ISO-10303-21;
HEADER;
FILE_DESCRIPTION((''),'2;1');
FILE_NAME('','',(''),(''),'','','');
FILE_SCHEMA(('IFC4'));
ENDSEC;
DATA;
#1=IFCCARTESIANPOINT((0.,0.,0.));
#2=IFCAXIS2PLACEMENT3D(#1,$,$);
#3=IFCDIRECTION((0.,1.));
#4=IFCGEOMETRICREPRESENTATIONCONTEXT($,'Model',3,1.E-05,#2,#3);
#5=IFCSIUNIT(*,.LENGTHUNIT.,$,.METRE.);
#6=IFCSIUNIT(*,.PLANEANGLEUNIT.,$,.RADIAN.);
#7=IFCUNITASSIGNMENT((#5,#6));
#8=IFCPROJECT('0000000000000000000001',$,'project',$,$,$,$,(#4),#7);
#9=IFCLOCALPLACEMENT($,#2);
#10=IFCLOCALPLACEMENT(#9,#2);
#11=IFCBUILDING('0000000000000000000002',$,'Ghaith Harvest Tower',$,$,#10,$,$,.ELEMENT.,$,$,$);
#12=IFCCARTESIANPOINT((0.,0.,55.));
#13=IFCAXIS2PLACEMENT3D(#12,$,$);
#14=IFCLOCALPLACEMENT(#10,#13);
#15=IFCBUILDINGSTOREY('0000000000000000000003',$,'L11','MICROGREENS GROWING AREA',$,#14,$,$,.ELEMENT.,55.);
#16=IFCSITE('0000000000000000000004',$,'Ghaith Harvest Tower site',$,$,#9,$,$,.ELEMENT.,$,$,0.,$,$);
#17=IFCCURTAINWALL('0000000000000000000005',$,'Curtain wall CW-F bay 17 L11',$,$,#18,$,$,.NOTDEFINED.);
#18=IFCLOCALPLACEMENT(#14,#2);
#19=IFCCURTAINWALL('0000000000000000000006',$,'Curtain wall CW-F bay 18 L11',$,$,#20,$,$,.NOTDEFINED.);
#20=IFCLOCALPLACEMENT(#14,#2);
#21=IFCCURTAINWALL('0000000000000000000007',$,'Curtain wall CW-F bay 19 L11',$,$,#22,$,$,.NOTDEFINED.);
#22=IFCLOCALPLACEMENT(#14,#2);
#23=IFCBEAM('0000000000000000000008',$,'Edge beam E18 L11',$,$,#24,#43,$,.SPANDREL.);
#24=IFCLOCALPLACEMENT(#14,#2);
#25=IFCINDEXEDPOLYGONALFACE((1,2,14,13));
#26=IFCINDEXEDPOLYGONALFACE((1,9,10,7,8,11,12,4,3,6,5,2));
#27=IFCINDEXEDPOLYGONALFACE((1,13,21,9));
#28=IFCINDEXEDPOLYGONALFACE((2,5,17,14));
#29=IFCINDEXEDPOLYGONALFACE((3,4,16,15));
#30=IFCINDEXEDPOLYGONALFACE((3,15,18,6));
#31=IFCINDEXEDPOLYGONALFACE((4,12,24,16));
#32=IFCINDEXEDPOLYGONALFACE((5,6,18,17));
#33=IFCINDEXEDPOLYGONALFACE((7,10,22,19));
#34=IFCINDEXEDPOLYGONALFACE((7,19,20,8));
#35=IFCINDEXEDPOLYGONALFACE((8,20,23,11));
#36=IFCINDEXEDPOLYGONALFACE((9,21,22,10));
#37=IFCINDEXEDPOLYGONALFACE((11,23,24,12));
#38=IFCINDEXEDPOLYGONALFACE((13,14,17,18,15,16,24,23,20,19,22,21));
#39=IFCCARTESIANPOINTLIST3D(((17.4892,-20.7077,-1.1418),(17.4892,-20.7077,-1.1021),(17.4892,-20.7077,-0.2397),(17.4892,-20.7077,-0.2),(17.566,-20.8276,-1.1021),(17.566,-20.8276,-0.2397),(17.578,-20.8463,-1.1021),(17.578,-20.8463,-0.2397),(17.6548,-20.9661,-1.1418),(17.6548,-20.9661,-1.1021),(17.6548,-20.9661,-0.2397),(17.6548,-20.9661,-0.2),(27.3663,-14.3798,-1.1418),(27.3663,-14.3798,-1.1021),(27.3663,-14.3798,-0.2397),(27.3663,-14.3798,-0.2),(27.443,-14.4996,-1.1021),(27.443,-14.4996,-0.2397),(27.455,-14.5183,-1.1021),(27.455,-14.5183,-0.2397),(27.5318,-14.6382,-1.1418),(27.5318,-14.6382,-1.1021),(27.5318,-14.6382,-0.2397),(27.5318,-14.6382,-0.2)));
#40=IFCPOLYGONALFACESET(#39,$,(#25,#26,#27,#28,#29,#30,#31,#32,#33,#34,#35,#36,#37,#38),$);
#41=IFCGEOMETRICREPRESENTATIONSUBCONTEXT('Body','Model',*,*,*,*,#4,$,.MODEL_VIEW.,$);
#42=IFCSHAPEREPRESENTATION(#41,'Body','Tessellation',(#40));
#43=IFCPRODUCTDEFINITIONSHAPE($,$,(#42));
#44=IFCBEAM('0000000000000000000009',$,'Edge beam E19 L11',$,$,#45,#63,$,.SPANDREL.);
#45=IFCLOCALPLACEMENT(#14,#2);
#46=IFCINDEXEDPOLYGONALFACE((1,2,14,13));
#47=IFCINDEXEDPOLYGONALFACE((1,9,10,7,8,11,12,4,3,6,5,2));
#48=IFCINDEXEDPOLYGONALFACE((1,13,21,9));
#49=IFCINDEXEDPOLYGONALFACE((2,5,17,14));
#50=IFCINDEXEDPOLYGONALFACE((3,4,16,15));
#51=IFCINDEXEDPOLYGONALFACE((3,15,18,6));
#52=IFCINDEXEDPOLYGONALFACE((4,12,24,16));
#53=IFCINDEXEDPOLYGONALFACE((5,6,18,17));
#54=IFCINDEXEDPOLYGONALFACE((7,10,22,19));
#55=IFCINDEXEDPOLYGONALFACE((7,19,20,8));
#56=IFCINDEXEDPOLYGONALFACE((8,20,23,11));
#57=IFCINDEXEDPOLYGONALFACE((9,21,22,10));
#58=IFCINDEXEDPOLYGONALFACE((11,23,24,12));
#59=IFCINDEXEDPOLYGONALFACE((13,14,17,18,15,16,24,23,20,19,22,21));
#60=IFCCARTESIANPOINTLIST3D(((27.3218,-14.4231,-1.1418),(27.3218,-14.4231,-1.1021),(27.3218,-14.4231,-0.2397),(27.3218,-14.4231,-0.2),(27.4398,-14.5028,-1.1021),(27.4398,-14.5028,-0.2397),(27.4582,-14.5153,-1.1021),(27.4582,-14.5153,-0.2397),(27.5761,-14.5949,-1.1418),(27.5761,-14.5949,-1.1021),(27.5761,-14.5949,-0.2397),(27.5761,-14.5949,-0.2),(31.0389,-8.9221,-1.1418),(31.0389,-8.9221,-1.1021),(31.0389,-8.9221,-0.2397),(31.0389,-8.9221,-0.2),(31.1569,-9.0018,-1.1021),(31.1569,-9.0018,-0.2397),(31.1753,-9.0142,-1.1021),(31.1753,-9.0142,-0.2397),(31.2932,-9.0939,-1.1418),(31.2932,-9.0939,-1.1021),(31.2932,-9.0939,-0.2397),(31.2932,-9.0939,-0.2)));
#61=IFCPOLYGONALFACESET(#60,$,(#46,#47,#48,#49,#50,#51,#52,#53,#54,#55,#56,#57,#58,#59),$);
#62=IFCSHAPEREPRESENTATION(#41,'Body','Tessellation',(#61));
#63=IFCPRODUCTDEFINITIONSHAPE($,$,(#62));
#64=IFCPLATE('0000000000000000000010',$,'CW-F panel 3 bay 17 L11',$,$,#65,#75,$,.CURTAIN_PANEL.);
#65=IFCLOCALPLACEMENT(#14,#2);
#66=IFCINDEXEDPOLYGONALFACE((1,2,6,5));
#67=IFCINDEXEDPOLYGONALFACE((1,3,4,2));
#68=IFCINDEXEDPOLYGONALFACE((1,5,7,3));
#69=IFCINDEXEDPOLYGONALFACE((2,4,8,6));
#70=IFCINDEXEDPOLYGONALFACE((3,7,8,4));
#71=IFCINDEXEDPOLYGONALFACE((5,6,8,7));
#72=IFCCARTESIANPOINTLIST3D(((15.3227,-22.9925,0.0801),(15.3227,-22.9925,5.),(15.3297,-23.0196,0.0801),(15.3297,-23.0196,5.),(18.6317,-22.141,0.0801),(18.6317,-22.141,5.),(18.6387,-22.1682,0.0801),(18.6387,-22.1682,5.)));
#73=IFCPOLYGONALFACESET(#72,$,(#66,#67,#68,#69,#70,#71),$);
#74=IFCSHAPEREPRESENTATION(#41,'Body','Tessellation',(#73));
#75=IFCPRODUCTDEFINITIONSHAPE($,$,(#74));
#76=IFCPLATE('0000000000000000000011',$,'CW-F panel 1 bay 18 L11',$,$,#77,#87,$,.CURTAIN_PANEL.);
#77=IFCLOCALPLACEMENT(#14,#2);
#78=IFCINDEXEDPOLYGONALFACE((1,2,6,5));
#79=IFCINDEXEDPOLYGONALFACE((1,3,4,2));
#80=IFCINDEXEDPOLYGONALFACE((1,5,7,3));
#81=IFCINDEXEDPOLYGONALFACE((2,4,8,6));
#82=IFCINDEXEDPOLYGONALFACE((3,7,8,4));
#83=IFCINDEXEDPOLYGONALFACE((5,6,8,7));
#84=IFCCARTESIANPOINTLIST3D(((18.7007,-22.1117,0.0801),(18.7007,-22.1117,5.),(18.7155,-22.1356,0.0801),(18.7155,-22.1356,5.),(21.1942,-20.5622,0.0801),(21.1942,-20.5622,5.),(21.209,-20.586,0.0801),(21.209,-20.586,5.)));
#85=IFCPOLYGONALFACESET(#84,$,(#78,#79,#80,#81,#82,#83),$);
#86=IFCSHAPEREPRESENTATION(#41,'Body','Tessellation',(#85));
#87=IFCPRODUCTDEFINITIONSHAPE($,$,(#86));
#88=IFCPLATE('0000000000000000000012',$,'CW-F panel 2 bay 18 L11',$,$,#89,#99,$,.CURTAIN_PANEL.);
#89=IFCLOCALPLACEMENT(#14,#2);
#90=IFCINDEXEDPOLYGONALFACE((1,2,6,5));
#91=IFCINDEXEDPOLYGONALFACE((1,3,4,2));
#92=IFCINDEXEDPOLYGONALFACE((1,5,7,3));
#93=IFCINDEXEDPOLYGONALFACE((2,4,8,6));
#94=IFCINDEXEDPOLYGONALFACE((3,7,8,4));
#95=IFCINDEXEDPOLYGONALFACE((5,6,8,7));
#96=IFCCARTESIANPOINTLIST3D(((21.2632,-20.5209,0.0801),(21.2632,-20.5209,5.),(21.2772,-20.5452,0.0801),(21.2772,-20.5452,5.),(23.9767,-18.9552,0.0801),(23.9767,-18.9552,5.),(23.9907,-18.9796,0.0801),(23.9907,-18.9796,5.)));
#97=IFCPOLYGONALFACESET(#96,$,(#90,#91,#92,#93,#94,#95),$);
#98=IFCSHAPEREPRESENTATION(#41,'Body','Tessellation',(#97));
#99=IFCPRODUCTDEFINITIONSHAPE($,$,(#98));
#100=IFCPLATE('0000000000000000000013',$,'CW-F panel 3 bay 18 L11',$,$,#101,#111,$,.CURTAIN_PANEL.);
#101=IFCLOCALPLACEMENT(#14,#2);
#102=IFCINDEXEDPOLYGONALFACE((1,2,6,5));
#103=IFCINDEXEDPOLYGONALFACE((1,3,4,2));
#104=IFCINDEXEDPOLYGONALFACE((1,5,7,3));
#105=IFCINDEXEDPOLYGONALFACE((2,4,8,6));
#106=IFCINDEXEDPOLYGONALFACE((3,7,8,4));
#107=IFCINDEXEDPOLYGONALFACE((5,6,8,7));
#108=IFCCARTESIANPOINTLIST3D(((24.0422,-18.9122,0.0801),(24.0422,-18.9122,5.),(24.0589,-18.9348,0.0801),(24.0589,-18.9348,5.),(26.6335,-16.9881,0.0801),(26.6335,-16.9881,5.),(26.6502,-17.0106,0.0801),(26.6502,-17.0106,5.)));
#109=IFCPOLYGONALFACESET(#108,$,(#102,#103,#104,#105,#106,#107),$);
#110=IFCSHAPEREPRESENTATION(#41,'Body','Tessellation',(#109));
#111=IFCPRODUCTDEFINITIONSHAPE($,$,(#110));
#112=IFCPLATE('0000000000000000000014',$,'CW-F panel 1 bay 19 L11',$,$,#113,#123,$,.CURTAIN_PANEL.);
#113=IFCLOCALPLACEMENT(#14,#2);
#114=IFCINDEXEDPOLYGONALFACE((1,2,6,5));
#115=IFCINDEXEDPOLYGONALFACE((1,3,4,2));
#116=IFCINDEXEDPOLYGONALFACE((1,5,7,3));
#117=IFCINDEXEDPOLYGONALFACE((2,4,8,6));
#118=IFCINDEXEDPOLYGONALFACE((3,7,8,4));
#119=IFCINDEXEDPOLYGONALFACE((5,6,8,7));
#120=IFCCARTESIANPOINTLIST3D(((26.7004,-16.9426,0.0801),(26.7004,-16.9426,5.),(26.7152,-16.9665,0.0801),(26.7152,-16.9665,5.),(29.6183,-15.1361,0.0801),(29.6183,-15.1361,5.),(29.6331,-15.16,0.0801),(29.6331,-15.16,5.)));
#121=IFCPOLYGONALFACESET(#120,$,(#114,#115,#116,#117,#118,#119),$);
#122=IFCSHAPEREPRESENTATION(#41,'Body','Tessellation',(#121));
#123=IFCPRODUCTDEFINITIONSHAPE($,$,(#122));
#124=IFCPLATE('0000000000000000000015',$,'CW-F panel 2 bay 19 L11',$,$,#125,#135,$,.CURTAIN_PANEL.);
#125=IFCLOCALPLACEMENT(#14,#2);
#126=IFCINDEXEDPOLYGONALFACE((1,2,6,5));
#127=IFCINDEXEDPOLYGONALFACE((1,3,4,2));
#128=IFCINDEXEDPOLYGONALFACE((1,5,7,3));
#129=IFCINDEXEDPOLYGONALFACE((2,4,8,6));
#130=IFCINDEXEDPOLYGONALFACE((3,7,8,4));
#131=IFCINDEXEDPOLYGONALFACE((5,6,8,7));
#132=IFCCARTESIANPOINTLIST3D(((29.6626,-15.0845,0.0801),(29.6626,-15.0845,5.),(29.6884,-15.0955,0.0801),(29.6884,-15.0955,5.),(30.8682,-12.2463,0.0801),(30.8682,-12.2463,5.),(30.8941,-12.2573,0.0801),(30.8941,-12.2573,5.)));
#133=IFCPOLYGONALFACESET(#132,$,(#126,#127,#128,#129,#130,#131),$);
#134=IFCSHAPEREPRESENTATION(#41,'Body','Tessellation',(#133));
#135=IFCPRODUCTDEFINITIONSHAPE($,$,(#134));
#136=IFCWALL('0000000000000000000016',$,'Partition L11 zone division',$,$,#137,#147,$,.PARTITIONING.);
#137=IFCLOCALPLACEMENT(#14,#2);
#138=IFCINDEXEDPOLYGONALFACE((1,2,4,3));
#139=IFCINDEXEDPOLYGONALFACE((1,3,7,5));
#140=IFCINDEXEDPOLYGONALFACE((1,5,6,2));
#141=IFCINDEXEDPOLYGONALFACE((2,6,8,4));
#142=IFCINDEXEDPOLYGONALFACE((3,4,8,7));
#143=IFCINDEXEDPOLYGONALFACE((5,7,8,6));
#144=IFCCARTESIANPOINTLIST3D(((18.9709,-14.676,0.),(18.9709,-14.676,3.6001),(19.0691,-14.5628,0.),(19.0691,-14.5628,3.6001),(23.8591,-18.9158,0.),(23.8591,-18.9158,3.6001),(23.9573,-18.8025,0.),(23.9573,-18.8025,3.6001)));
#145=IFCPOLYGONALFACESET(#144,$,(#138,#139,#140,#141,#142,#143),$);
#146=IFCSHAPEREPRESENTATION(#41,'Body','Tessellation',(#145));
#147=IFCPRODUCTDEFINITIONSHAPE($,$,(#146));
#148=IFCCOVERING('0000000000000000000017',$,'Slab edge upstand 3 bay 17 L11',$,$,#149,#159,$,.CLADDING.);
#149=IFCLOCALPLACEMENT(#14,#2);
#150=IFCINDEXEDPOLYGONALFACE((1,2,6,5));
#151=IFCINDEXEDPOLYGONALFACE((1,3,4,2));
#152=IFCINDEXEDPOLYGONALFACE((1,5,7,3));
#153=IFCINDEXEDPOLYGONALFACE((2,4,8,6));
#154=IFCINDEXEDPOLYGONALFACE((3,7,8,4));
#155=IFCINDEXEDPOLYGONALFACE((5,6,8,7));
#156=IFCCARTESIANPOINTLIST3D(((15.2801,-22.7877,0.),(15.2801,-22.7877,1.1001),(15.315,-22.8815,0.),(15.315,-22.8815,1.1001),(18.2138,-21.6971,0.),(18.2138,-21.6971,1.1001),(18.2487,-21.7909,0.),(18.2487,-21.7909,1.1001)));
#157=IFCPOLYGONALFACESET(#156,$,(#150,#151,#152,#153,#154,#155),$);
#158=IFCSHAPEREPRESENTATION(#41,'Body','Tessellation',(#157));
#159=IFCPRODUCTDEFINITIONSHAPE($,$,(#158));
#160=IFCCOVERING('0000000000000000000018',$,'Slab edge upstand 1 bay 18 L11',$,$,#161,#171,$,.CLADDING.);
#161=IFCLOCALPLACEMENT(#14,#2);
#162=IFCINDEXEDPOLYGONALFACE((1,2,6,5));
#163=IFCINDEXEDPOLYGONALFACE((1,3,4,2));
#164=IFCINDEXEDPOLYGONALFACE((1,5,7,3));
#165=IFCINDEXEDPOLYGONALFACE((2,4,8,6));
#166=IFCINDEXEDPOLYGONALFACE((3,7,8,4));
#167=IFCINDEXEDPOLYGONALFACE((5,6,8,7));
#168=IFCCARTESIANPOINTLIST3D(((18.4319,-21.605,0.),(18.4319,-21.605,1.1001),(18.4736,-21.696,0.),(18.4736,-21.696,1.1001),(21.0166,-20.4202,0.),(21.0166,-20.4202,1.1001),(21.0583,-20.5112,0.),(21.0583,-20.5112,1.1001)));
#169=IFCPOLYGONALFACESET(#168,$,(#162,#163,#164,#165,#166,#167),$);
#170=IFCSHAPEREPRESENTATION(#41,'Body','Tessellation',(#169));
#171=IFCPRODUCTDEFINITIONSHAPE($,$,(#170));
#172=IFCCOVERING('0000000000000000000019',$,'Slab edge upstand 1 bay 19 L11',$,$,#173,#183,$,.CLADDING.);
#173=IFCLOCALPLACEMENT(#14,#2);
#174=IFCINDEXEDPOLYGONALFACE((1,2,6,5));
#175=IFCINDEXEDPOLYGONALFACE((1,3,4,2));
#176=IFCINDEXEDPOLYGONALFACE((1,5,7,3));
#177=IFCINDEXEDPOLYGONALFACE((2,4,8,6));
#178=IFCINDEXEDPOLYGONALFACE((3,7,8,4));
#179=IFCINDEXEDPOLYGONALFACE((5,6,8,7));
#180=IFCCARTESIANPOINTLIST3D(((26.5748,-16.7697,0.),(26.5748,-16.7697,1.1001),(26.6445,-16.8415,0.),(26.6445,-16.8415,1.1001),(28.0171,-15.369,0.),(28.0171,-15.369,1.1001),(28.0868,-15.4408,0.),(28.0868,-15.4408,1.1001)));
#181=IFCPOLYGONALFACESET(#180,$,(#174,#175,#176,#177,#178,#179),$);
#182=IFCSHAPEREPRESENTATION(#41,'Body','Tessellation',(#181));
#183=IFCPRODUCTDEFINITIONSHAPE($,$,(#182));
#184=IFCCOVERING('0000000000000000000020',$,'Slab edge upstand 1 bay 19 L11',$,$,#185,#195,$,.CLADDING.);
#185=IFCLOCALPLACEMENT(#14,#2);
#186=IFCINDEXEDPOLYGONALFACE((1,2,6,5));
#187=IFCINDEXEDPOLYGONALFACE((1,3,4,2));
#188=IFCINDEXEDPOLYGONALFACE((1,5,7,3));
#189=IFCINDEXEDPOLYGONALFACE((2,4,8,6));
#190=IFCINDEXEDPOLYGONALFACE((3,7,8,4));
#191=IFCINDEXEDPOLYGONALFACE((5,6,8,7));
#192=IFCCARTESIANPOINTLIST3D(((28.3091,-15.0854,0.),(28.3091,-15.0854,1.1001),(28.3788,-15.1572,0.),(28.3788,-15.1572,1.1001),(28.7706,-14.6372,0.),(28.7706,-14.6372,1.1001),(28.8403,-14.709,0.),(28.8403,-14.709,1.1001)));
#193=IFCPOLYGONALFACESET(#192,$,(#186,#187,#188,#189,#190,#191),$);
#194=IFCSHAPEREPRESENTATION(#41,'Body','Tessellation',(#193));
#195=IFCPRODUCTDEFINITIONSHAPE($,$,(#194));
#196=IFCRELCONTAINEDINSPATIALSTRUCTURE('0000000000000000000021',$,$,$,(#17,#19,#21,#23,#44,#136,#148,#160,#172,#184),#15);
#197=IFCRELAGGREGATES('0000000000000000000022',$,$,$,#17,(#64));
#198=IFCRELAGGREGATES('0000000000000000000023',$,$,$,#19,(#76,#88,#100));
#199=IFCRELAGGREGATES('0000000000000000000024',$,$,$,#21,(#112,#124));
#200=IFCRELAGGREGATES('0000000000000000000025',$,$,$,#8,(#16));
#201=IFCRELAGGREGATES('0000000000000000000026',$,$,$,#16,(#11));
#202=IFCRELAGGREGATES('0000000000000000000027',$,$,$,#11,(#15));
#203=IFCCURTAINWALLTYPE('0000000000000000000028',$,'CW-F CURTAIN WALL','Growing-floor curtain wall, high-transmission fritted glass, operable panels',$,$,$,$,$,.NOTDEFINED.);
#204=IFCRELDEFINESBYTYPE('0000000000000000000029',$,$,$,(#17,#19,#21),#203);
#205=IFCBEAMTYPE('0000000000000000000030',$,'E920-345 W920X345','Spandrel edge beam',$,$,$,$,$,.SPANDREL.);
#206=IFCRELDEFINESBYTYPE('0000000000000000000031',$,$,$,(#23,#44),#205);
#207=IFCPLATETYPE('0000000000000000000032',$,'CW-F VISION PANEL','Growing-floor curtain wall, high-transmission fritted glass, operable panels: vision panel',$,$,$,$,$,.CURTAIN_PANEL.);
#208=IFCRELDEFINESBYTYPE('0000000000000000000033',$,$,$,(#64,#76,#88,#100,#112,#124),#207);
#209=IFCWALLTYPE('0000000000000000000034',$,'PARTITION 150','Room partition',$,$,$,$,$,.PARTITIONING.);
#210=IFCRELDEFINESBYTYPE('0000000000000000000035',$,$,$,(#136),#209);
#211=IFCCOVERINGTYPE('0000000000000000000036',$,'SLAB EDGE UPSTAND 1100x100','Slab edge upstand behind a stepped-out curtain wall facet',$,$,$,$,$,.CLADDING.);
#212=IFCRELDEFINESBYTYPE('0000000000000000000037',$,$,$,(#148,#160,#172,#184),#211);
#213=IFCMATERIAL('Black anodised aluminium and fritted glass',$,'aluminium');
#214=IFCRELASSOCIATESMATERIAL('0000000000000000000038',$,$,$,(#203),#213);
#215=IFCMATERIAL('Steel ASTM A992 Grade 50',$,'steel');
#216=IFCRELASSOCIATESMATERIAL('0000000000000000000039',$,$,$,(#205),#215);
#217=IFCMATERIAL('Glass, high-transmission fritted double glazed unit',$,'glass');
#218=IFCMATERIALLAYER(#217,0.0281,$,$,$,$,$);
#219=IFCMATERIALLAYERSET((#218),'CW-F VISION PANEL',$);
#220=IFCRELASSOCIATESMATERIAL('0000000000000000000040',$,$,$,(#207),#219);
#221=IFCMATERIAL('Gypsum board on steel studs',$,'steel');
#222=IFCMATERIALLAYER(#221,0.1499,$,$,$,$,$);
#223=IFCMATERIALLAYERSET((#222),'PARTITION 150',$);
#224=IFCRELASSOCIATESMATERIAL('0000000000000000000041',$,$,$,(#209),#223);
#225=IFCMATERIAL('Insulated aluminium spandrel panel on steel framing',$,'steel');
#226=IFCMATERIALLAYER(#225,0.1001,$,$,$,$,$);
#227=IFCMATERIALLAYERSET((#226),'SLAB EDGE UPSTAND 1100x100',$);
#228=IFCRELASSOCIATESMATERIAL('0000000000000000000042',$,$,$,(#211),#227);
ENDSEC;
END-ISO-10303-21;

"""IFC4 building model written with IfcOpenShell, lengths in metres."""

from ifc_helpers import new_model, si_unit, direction, frame, frame_2d, origin, origin_2d, place, context, subcontext, project, spatial, rectangle, i_section, extrude, material, layer, layer_set, material_profile, profile_set, type_object, element, aggregate, save


model = new_model("IFC4")

# Units and contexts
model_context = context("Model", 3, precision=1e-05, world=origin(), true_north=direction((0.0, 1.0)))
body_context = subcontext(model_context, "Body", "Model", "MODEL_VIEW")
ifc_project = project(units=[si_unit("LENGTHUNIT", "METRE"), si_unit("PLANEANGLEUNIT", "RADIAN")], contexts=[model_context])

# Site, building, storey
site_placement = place(None, origin())
site = spatial("IfcSite", under=ifc_project, at=site_placement, Name="Ghaith Harvest Tower site", CompositionType="ELEMENT", RefElevation=0.0)
building_placement = place(site_placement, origin())
building = spatial("IfcBuilding", under=site, at=building_placement, Name="Ghaith Harvest Tower", CompositionType="ELEMENT")
storey_placement = place(building_placement, frame((0.0, 0.0, 55.0)))
storey = spatial("IfcBuildingStorey", under=building, at=storey_placement, Name="L11", Description="MICROGREENS GROWING AREA", CompositionType="ELEMENT", Elevation=55.0)

# Curtain wall
ifc_material_1 = material(Name="Black anodised aluminium and fritted glass", Category="aluminium")
curtain_wall_type = type_object("IfcCurtainWallType", Name="CW-F CURTAIN WALL", Description="Growing-floor curtain wall, high-transmission fritted glass, operable panels", PredefinedType="NOTDEFINED", material=ifc_material_1)
curtain_wall_1_placement = place(storey_placement, origin())
curtain_wall_1 = element("IfcCurtainWall", 1, at=curtain_wall_1_placement, inside=storey, type_object=curtain_wall_type, Name="Curtain wall CW-F bay 17 L11", PredefinedType="NOTDEFINED")

# Curtain walls
curtain_wall_2_placement = place(storey_placement, origin())
curtain_wall_2 = element("IfcCurtainWall", 2, at=curtain_wall_2_placement, inside=storey, type_object=curtain_wall_type, Name="Curtain wall CW-F bay 18 L11", PredefinedType="NOTDEFINED")
curtain_wall_3_placement = place(storey_placement, origin())
curtain_wall_3 = element("IfcCurtainWall", 3, at=curtain_wall_3_placement, inside=storey, type_object=curtain_wall_type, Name="Curtain wall CW-F bay 19 L11", PredefinedType="NOTDEFINED")

# Beams
ifc_material_2 = material(Name="Steel ASTM A992 Grade 50", Category="steel")
ifc_material_profile_1 = material_profile(ifc_material_2, i_section(OverallWidth=0.3069, OverallDepth=0.9419, WebThickness=0.0222, FlangeThickness=0.0398, at=origin_2d()), Name="W920X345")
ifc_profile_set_1 = profile_set([ifc_material_profile_1], Name="Steel ASTM A992 Grade 50")
beam_type = type_object("IfcBeamType", Name="E920-345 W920X345", Description="Spandrel edge beam", PredefinedType="SPANDREL", material=ifc_profile_set_1)
beam_1_placement = place(storey_placement, frame((17.572, -20.8369, -0.6709), z_axis=(0.842015, 0.539455, 0.0), x_axis=(-0.539455, 0.842015, 0.0)))
element("IfcBeam", 4, at=beam_1_placement, inside=storey, type_object=beam_type, Name="Edge beam E18 L11", PredefinedType="SPANDREL", context=body_context, shape_type="SweptSolid", body=[
    extrude(i_section(OverallWidth=0.3069, OverallDepth=0.9419, WebThickness=0.0222, FlangeThickness=0.0398, at=origin_2d()), origin(), (0.0, 0.0, 1.0), 11.7302),
])
beam_2_placement = place(storey_placement, frame((27.449, -14.509, -0.6709), z_axis=(0.559874, 0.828577, 0.0), x_axis=(-0.828577, 0.559874, 0.0)))
element("IfcBeam", 5, at=beam_2_placement, inside=storey, type_object=beam_type, Name="Edge beam E19 L11", PredefinedType="SPANDREL", context=body_context, shape_type="SweptSolid", body=[
    extrude(i_section(OverallWidth=0.3069, OverallDepth=0.9419, WebThickness=0.0222, FlangeThickness=0.0398, at=origin_2d()), origin(), (0.0, 0.0, 1.0), 6.6392),
])

# Plates
ifc_material_3 = material(Name="Glass, high-transmission fritted double glazed unit", Category="glass")
ifc_layer_1 = layer(ifc_material_3, 0.0281)
ifc_layer_set_1 = layer_set([ifc_layer_1], Name="CW-F VISION PANEL")
plate_type = type_object("IfcPlateType", Name="CW-F VISION PANEL", Description="Growing-floor curtain wall, high-transmission fritted glass, operable panels: vision panel", PredefinedType="CURTAIN_PANEL", material=ifc_layer_set_1)
plate_1_placement = place(storey_placement, frame((16.9807, -22.5803, 0.0801), z_axis=(0.0, 0.0, 1.0), x_axis=(0.968451, 0.249202, 0.0)))
plate_1 = element("IfcPlate", 6, at=plate_1_placement, type_object=plate_type, Name="CW-F panel 3 bay 17 L11", PredefinedType="CURTAIN_PANEL", context=body_context, shape_type="SweptSolid", body=[
    extrude(rectangle(XDim=3.4167, YDim=0.0281, at=origin_2d()), origin(), (0.0, 0.0, 1.0), 4.9199),
])
aggregate(curtain_wall_1, [plate_1])
plate_2_placement = place(storey_placement, frame((19.9548, -21.3489, 0.0801), z_axis=(0.0, 0.0, 1.0), x_axis=(0.849361, 0.527813, 0.0)))
plate_2 = element("IfcPlate", 7, at=plate_2_placement, type_object=plate_type, Name="CW-F panel 1 bay 18 L11", PredefinedType="CURTAIN_PANEL", context=body_context, shape_type="SweptSolid", body=[
    extrude(rectangle(XDim=2.9358, YDim=0.0281, at=origin_2d()), origin(), (0.0, 0.0, 1.0), 4.9199),
])
plate_3_placement = place(storey_placement, frame((22.627, -19.7502, 0.0801), z_axis=(0.0, 0.0, 1.0), x_axis=(0.866159, 0.499768, 0.0)))
plate_3 = element("IfcPlate", 8, at=plate_3_placement, type_object=plate_type, Name="CW-F panel 2 bay 18 L11", PredefinedType="CURTAIN_PANEL", context=body_context, shape_type="SweptSolid", body=[
    extrude(rectangle(XDim=3.1328, YDim=0.0281, at=origin_2d()), origin(), (0.0, 0.0, 1.0), 4.9199),
])
plate_4_placement = place(storey_placement, frame((25.3462, -17.9614, 0.0801), z_axis=(0.0, 0.0, 1.0), x_axis=(0.802867, 0.596158, 0.0)))
plate_4 = element("IfcPlate", 9, at=plate_4_placement, type_object=plate_type, Name="CW-F panel 3 bay 18 L11", PredefinedType="CURTAIN_PANEL", context=body_context, shape_type="SweptSolid", body=[
    extrude(rectangle(XDim=3.2275, YDim=0.0281, at=origin_2d()), origin(), (0.0, 0.0, 1.0), 4.9199),
])
aggregate(curtain_wall_2, [plate_2, plate_3, plate_4])
plate_5_placement = place(storey_placement, frame((28.1667, -16.0513, 0.0801), z_axis=(0.0, 0.0, 1.0), x_axis=(0.850246, 0.526386, 0.0)))
plate_5 = element("IfcPlate", 10, at=plate_5_placement, type_object=plate_type, Name="CW-F panel 1 bay 19 L11", PredefinedType="CURTAIN_PANEL", context=body_context, shape_type="SweptSolid", body=[
    extrude(rectangle(XDim=3.4319, YDim=0.0281, at=origin_2d()), origin(), (0.0, 0.0, 1.0), 4.9199),
])
plate_6_placement = place(storey_placement, frame((30.2783, -13.6709, 0.0801), z_axis=(0.0, 0.0, 1.0), x_axis=(0.39098, 0.920399, 0.0)))
plate_6 = element("IfcPlate", 11, at=plate_6_placement, type_object=plate_type, Name="CW-F panel 2 bay 19 L11", PredefinedType="CURTAIN_PANEL", context=body_context, shape_type="SweptSolid", body=[
    extrude(rectangle(XDim=3.0837, YDim=0.0281, at=origin_2d()), origin(), (0.0, 0.0, 1.0), 4.9199),
])
aggregate(curtain_wall_3, [plate_5, plate_6])

# Wall
ifc_material_4 = material(Name="Gypsum board on steel studs", Category="steel")
ifc_layer_2 = layer(ifc_material_4, 0.1499)
ifc_layer_set_2 = layer_set([ifc_layer_2], Name="PARTITION 150")
wall_type = type_object("IfcWallType", Name="PARTITION 150", Description="Room partition", PredefinedType="PARTITIONING", material=ifc_layer_set_2)
wall_placement = place(storey_placement, frame((19.02, -14.6194, 0.0), z_axis=(0.0, 0.0, 1.0), x_axis=(0.755435, -0.655224, 0.0)))
element("IfcWall", 12, at=wall_placement, inside=storey, type_object=wall_type, Name="Partition L11 zone division", PredefinedType="PARTITIONING", context=body_context, shape_type="SweptSolid", body=[
    extrude(rectangle(XDim=6.4707, YDim=0.1499, at=frame_2d((3.2354, 0.0))), origin(), (0.0, 0.0, 1.0), 3.6001),
])

# Coverings
ifc_material_5 = material(Name="Insulated aluminium spandrel panel on steel framing", Category="steel")
ifc_layer_3 = layer(ifc_material_5, 0.1001)
ifc_layer_set_3 = layer_set([ifc_layer_3], Name="SLAB EDGE UPSTAND 1100x100")
covering_type = type_object("IfcCoveringType", Name="SLAB EDGE UPSTAND 1100x100", Description="Slab edge upstand behind a stepped-out curtain wall facet", PredefinedType="CLADDING", material=ifc_layer_set_3)
covering_1_placement = place(storey_placement, frame((16.7644, -22.2893, 0.0), z_axis=(0.0, 0.0, 1.0), x_axis=(0.937332, 0.348438, 0.0)))
element("IfcCovering", 13, at=covering_1_placement, inside=storey, type_object=covering_type, Name="Slab edge upstand 3 bay 17 L11", PredefinedType="CLADDING", context=body_context, shape_type="SweptSolid", body=[
    extrude(rectangle(XDim=3.1299, YDim=0.1001, at=origin_2d()), origin(), (0.0, 0.0, 1.0), 1.1001),
])
covering_2_placement = place(storey_placement, frame((19.7451, -21.0581, 0.0), z_axis=(0.0, 0.0, 1.0), x_axis=(0.909046, 0.416696, 0.0)))
element("IfcCovering", 14, at=covering_2_placement, inside=storey, type_object=covering_type, Name="Slab edge upstand 1 bay 18 L11", PredefinedType="CLADDING", context=body_context, shape_type="SweptSolid", body=[
    extrude(rectangle(XDim=2.8433, YDim=0.1001, at=origin_2d()), origin(), (0.0, 0.0, 1.0), 1.1001),
])
covering_3_placement = place(storey_placement, frame((27.3308, -16.1052, 0.0), z_axis=(0.0, 0.0, 1.0), x_axis=(0.717386, 0.696675, 0.0)))
element("IfcCovering", 15, at=covering_3_placement, inside=storey, type_object=covering_type, Name="Slab edge upstand 1 bay 19 L11", PredefinedType="CLADDING", context=body_context, shape_type="SweptSolid", body=[
    extrude(rectangle(XDim=2.0105, YDim=0.1001, at=origin_2d()), origin(), (0.0, 0.0, 1.0), 1.1001),
])
covering_4_placement = place(storey_placement, frame((28.5747, -14.8972, 0.0), z_axis=(0.0, 0.0, 1.0), x_axis=(0.717386, 0.696675, 0.0)))
element("IfcCovering", 16, at=covering_4_placement, inside=storey, type_object=covering_type, Name="Slab edge upstand 1 bay 19 L11", PredefinedType="CLADDING", context=body_context, shape_type="SweptSolid", body=[
    extrude(rectangle(XDim=0.6433, YDim=0.1001, at=origin_2d()), origin(), (0.0, 0.0, 1.0), 1.1001),
])

save(model, "model.ifc")
